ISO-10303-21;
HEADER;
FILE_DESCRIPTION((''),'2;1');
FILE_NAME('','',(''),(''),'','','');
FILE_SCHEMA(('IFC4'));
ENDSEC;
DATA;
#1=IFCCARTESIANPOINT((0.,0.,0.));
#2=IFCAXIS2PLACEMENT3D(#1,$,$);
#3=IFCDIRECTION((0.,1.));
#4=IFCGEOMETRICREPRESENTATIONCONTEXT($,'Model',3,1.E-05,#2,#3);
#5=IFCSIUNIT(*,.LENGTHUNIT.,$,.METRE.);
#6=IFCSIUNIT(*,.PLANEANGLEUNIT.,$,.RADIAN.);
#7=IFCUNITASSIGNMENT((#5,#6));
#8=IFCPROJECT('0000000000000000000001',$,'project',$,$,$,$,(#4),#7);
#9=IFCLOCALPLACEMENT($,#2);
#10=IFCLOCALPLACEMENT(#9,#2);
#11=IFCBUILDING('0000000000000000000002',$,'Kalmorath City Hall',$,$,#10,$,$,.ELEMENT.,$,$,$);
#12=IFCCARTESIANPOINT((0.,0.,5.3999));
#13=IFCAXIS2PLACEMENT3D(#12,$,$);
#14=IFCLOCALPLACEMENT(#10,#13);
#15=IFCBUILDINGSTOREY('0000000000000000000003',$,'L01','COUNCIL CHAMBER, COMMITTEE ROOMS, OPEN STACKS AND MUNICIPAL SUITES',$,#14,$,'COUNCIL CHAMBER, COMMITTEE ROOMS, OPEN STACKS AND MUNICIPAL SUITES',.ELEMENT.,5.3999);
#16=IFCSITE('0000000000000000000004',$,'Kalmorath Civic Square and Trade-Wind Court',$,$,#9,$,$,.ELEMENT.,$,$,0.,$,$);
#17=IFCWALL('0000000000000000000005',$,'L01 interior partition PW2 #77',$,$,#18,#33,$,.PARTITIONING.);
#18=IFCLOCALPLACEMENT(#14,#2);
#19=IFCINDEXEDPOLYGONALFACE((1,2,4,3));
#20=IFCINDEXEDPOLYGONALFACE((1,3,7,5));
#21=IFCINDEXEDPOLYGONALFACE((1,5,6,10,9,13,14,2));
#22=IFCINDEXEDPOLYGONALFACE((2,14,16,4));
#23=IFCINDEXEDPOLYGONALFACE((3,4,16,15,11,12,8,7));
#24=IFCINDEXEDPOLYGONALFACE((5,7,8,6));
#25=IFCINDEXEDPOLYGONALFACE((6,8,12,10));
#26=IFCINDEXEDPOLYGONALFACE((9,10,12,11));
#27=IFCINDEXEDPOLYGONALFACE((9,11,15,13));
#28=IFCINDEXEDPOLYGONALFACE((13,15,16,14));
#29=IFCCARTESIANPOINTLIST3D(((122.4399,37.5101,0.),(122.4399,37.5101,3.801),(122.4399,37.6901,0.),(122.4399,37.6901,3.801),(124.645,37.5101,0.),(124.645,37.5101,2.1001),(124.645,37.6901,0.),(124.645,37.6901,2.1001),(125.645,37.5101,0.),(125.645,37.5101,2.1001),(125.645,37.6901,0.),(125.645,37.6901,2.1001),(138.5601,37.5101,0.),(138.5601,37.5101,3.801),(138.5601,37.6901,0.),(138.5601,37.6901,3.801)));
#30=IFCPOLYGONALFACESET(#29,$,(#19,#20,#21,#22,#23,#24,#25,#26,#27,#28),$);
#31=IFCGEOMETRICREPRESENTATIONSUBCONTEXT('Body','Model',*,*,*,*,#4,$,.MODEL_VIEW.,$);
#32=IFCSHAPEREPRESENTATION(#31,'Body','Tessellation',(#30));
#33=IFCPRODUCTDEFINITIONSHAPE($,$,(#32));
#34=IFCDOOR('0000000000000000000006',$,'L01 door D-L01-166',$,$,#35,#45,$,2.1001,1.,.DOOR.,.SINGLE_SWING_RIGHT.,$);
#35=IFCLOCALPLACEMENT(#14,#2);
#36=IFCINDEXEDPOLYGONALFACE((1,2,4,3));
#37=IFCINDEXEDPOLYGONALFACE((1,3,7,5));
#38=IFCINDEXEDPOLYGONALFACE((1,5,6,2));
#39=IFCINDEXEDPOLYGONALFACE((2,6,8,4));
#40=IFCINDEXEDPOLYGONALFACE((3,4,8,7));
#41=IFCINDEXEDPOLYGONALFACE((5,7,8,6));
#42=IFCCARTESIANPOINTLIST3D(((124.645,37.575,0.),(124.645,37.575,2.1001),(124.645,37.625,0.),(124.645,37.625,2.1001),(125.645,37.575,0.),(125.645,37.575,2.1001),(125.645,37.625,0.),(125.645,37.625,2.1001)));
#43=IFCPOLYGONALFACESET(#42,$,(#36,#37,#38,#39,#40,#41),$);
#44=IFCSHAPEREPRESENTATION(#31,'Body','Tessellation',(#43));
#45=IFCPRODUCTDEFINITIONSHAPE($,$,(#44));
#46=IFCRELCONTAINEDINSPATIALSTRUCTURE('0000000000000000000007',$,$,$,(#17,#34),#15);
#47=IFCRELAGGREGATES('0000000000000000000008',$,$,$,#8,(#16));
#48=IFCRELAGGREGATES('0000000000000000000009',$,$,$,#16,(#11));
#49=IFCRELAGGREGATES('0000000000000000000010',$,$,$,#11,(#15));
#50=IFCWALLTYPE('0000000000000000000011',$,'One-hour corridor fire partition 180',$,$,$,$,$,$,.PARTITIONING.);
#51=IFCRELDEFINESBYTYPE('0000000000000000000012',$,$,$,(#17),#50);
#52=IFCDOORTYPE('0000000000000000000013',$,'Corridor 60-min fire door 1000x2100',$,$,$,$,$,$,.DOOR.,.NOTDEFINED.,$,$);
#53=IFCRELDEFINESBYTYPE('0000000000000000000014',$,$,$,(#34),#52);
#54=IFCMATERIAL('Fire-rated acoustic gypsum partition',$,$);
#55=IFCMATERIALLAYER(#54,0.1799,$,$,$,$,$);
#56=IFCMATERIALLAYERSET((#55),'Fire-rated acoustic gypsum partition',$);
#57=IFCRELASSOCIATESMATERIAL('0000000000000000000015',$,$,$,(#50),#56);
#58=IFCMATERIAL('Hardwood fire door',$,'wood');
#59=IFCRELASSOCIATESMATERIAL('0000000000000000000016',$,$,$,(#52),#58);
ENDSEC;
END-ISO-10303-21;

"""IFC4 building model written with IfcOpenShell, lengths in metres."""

from ifc_helpers import new_model, si_unit, direction, frame, frame_2d, origin, place, context, subcontext, project, spatial, rectangle, extrude, material, layer, layer_set, type_object, element, fill, save


model = new_model("IFC4")

# Units and contexts
model_context = context("Model", 3, precision=1e-05, world=origin(), true_north=direction((0.0, 1.0)))
body_context = subcontext(model_context, "Body", "Model", "MODEL_VIEW")
ifc_project = project(units=[si_unit("LENGTHUNIT", "METRE"), si_unit("PLANEANGLEUNIT", "RADIAN")], contexts=[model_context])

# Site, building, storey
site_placement = place(None, origin())
site = spatial("IfcSite", under=ifc_project, at=site_placement, Name="Kalmorath Civic Square and Trade-Wind Court", CompositionType="ELEMENT", RefElevation=0.0)
building_placement = place(site_placement, origin())
building = spatial("IfcBuilding", under=site, at=building_placement, Name="Kalmorath City Hall", CompositionType="ELEMENT")
storey_placement = place(building_placement, frame((0.0, 0.0, 5.3999)))
storey = spatial("IfcBuildingStorey", under=building, at=storey_placement, Name="L01", Description="COUNCIL CHAMBER, COMMITTEE ROOMS, OPEN STACKS AND MUNICIPAL SUITES", LongName="COUNCIL CHAMBER, COMMITTEE ROOMS, OPEN STACKS AND MUNICIPAL SUITES", CompositionType="ELEMENT", Elevation=5.3999)

# Wall, opening, door
ifc_material_1 = material(Name="Fire-rated acoustic gypsum partition")
ifc_layer_1 = layer(ifc_material_1, 0.1799)
ifc_layer_set_1 = layer_set([ifc_layer_1], Name="Fire-rated acoustic gypsum partition")
wall_type_1 = type_object("IfcWallType", Name="One-hour corridor fire partition 180", PredefinedType="PARTITIONING", material=ifc_layer_set_1)
wall_1_placement = place(storey_placement, frame((122.4399, 37.6001, 0.0), z_axis=(0.0, 0.0, 1.0), x_axis=(1.0, 0.0, 0.0)))
wall_1 = element("IfcWall", 1, at=wall_1_placement, inside=storey, type_object=wall_type_1, Name="L01 interior partition PW2 #77", PredefinedType="PARTITIONING", context=body_context, shape_type="SweptSolid", body=[
    extrude(rectangle(XDim=16.1201, YDim=0.1799, at=frame_2d((8.0601, 0.0))), origin(), (0.0, 0.0, 1.0), 3.801),
])
opening_1_placement = place(wall_1_placement, frame((2.2051, 0.0, 0.0)))
opening_1 = element("IfcOpeningElement", 2, at=opening_1_placement, cuts=wall_1, PredefinedType="OPENING", context=body_context, shape_type="SweptSolid", body=[
    extrude(rectangle(XDim=1.0, YDim=2.1001, at=frame_2d((0.5, 1.05))), frame((0.0, 0.0999, 0.0), z_axis=(0.0, -1.0, 0.0), x_axis=(1.0, 0.0, 0.0)), (0.0, 0.0, 1.0), 0.2),
])
ifc_material_2 = material(Name="Hardwood fire door", Category="wood")
door_type = type_object("IfcDoorType", Name="Corridor 60-min fire door 1000x2100", OperationType="NOTDEFINED", PredefinedType="DOOR", material=ifc_material_2)
door_placement = place(opening_1_placement, origin())
door = element("IfcDoor", 3, at=door_placement, inside=storey, type_object=door_type, Name="L01 door D-L01-166", OperationType="SINGLE_SWING_RIGHT", OverallHeight=2.1001, OverallWidth=1.0, PredefinedType="DOOR", context=body_context, shape_type="SweptSolid", body=[
    extrude(rectangle(XDim=1.0, YDim=2.1001, at=frame_2d((0.5, 1.05))), frame((0.0, 0.0249, 0.0), z_axis=(0.0, -1.0, 0.0), x_axis=(1.0, 0.0, 0.0)), (0.0, 0.0, 1.0), 0.05),
])
fill(opening_1, door)

save(model, "model.ifc")
